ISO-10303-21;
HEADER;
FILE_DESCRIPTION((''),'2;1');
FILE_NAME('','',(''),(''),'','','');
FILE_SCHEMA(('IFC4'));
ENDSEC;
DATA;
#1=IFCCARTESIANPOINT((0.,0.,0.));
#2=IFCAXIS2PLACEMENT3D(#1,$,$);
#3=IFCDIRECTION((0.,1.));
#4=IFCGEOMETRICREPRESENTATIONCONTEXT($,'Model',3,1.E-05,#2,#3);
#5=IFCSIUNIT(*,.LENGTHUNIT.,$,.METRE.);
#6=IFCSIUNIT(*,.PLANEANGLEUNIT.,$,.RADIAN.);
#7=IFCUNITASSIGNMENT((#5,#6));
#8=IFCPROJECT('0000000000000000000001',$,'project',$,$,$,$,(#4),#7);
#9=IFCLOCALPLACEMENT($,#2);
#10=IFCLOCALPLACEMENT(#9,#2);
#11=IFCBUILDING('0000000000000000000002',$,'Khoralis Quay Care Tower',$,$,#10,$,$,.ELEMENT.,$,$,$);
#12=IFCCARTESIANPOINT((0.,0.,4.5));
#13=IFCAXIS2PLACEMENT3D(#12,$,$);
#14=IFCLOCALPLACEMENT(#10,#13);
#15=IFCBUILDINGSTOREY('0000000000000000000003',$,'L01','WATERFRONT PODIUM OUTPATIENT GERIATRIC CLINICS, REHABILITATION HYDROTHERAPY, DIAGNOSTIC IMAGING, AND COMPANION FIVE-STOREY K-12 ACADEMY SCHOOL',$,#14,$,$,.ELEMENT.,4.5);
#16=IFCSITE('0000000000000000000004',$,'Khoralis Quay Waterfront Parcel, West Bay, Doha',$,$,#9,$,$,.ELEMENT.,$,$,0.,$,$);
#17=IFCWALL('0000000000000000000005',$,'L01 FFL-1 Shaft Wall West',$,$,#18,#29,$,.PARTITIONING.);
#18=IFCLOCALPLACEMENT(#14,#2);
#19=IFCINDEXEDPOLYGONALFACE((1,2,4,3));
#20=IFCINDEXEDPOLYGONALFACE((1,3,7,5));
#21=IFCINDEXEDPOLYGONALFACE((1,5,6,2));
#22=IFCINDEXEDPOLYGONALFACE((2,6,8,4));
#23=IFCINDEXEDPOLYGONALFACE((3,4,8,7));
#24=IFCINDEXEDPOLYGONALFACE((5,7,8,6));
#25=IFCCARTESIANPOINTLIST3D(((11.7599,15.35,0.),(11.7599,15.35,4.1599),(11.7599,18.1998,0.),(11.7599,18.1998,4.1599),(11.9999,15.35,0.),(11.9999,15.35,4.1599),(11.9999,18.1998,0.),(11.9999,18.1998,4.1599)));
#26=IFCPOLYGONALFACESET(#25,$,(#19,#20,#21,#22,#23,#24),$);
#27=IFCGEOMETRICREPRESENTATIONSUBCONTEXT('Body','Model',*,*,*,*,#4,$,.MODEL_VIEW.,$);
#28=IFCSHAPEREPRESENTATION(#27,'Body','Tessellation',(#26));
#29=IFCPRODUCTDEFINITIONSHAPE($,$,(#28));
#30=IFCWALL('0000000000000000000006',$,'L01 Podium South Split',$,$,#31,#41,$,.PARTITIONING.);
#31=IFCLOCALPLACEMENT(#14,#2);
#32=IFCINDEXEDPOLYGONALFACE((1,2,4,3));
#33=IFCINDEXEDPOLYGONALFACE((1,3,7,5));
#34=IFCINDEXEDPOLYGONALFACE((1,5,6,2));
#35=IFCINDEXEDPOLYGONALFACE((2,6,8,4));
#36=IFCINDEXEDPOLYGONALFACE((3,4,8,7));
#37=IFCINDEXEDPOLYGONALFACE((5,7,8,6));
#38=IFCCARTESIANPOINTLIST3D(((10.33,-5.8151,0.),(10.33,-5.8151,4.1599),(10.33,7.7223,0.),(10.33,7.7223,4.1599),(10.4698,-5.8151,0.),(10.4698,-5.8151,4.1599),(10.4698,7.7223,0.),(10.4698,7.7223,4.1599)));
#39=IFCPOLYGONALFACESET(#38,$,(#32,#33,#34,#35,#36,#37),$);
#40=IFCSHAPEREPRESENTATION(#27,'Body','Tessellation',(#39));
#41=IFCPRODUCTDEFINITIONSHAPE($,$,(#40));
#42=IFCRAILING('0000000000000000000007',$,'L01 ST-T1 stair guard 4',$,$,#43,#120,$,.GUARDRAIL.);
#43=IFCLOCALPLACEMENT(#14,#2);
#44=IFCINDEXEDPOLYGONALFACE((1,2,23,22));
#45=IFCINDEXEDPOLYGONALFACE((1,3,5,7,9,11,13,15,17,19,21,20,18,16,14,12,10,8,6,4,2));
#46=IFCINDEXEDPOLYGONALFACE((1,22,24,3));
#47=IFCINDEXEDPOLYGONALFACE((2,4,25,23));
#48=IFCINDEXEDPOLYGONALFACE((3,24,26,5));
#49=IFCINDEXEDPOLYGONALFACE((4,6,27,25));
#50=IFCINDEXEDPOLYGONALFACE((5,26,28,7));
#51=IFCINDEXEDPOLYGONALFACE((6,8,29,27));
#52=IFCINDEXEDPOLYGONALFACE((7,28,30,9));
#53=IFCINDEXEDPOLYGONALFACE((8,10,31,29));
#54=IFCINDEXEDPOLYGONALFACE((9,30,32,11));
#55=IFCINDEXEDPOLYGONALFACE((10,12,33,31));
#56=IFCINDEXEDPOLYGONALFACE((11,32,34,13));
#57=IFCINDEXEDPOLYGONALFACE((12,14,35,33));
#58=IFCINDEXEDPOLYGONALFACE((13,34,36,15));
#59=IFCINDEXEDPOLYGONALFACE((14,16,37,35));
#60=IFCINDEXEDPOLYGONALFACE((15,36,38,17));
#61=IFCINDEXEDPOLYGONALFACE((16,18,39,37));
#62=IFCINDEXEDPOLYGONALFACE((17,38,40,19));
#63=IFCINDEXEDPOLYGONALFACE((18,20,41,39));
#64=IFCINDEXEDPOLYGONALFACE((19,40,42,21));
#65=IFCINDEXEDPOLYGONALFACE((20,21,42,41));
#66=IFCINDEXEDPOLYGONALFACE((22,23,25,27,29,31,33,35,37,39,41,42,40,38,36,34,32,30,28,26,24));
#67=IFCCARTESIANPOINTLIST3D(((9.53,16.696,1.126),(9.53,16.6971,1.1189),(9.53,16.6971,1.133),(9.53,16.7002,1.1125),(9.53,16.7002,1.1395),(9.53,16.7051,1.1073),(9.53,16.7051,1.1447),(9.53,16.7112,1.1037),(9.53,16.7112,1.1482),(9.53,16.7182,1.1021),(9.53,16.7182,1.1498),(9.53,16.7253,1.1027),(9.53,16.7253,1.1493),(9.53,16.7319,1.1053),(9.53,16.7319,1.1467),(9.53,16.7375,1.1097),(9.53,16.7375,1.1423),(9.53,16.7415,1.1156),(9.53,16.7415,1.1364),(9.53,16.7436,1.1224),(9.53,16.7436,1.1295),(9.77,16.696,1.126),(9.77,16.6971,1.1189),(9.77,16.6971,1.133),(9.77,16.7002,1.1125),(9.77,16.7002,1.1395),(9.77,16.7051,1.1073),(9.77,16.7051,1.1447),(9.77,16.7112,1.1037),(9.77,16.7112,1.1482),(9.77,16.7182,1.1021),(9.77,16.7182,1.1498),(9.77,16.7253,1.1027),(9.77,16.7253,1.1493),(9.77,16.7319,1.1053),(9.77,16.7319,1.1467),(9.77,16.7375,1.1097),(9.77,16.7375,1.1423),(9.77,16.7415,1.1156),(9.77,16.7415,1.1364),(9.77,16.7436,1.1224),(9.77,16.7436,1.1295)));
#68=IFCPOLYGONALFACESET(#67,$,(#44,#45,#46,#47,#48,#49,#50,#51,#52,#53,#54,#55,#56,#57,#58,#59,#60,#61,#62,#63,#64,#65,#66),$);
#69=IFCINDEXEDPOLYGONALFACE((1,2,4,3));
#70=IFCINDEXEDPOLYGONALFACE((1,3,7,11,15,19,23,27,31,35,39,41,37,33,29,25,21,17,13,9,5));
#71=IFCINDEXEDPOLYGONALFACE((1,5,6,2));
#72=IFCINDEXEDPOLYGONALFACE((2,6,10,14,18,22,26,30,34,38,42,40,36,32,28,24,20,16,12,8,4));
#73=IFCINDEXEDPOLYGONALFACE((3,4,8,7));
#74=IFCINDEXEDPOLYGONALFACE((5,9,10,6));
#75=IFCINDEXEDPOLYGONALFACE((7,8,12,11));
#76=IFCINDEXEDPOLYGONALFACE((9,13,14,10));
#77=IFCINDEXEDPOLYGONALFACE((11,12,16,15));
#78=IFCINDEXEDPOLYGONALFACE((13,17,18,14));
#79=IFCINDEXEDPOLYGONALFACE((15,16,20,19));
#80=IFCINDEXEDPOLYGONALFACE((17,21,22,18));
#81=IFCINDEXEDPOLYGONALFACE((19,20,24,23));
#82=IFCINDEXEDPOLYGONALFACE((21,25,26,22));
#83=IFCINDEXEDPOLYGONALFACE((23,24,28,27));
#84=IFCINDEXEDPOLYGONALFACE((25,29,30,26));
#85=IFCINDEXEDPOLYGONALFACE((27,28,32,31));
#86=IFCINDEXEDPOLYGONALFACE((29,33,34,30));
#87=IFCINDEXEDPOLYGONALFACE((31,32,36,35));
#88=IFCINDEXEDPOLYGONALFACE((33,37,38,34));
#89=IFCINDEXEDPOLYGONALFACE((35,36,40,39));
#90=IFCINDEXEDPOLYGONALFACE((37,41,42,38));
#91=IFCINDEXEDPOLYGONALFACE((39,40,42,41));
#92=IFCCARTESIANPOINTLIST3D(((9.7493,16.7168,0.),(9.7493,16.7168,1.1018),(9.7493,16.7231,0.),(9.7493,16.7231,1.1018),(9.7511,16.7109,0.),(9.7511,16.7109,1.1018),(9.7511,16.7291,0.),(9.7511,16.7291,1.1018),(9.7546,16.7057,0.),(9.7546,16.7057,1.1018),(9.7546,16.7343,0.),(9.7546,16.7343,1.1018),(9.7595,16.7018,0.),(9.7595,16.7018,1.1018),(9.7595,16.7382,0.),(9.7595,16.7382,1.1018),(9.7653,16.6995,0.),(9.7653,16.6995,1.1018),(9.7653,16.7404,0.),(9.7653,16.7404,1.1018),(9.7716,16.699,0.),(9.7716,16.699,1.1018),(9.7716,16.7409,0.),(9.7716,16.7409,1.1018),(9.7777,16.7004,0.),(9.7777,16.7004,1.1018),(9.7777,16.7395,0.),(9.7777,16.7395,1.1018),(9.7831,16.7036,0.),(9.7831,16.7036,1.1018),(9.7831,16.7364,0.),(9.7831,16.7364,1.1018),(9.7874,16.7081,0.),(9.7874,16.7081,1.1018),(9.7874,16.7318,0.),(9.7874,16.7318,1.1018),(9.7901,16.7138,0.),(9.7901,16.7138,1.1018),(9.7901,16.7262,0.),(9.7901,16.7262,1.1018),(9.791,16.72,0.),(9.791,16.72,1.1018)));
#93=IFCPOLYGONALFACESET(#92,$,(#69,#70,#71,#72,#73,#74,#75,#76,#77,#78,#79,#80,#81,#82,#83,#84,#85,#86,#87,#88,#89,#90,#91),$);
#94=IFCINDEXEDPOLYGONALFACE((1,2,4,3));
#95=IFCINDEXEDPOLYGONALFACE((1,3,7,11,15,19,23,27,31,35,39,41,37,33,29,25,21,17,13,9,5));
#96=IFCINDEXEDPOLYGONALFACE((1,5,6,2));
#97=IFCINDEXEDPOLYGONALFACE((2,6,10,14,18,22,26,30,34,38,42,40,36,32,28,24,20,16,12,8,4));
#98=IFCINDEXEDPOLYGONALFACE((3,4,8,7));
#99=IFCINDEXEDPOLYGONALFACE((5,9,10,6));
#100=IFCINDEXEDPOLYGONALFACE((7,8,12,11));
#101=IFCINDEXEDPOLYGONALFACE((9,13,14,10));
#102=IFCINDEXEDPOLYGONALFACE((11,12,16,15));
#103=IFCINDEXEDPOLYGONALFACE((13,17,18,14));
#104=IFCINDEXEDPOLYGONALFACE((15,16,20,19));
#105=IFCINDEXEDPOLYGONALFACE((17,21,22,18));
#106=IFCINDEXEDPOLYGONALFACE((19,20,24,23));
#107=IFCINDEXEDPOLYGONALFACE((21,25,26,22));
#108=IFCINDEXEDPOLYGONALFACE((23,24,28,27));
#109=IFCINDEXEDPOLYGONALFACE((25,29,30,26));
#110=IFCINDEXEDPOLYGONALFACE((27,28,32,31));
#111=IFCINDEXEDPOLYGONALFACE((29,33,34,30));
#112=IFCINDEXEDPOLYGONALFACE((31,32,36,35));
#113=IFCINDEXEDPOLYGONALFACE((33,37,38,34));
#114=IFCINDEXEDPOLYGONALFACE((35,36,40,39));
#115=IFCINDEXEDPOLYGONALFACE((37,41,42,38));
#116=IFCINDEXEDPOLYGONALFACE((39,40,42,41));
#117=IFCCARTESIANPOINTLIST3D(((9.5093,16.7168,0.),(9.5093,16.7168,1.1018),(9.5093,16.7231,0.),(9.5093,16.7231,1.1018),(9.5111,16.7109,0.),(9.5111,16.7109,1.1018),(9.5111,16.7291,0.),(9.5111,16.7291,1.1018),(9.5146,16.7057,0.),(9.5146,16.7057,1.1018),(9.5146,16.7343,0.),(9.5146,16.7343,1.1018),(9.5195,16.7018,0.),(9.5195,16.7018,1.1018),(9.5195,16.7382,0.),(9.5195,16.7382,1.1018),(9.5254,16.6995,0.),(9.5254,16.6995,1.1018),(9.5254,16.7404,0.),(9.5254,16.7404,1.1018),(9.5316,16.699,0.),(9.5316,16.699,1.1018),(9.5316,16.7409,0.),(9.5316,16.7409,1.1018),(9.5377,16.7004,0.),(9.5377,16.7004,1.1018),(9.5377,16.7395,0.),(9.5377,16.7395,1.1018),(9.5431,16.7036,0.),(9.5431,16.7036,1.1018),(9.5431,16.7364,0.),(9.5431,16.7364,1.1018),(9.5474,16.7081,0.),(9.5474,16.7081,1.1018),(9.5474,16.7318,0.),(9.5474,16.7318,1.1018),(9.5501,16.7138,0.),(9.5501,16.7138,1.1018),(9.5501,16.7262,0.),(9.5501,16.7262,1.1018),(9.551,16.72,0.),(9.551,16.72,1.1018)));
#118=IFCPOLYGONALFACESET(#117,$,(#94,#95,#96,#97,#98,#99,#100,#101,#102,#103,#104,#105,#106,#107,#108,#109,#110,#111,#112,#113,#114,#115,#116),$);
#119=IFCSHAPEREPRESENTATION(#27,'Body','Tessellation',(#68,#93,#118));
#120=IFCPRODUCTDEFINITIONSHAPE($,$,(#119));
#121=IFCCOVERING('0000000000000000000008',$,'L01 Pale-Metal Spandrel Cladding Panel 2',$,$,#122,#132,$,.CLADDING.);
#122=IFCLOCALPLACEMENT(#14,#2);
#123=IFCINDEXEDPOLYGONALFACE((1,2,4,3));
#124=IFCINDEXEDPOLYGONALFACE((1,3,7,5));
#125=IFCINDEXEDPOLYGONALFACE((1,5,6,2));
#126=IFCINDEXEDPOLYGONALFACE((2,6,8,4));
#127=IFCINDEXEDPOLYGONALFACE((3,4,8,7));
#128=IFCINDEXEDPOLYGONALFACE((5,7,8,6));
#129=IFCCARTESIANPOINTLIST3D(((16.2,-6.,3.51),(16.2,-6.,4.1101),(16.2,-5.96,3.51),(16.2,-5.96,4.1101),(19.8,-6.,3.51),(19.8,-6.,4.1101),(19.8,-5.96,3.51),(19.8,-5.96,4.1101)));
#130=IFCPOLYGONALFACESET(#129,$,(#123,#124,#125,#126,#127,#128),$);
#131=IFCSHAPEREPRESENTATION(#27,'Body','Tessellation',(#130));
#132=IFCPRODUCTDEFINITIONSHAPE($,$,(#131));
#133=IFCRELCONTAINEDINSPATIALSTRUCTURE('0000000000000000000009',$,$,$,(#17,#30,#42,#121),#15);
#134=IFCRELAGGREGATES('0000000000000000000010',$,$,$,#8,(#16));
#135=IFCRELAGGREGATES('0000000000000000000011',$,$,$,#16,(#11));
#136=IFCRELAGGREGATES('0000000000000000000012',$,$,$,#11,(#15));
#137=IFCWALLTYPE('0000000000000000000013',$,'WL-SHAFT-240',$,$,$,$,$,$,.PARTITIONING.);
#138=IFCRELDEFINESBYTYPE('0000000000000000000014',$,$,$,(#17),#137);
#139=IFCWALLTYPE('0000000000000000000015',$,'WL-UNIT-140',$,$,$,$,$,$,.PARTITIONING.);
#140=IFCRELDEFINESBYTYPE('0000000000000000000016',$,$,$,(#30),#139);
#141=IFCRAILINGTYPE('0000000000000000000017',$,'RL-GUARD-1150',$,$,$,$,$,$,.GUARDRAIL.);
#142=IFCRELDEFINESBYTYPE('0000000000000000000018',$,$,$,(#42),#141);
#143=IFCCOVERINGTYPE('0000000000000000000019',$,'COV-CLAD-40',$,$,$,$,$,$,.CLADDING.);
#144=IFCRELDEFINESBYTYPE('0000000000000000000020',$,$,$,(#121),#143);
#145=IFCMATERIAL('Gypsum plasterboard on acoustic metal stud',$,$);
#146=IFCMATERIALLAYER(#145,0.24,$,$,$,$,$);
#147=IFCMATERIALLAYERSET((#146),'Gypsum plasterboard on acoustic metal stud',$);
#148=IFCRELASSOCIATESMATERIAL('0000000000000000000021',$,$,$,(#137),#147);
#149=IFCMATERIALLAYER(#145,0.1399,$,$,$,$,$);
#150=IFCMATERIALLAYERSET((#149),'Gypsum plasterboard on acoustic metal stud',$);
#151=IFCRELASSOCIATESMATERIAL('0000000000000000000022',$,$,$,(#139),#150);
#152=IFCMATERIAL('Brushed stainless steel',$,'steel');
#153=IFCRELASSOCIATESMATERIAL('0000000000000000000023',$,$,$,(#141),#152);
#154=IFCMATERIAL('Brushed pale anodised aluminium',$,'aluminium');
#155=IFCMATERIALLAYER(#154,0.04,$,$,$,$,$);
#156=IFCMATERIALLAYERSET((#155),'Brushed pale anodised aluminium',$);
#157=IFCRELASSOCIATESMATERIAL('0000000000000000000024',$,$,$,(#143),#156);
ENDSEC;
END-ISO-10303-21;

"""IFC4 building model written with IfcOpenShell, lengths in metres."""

from ifc_helpers import new_model, si_unit, direction, frame, frame_2d, origin, origin_2d, place, context, subcontext, project, spatial, rectangle, circle, extrude, source, transform, mapped, material, layer, layer_set, type_object, element, save


model = new_model("IFC4")

# Units and contexts
model_context = context("Model", 3, precision=1e-05, world=origin(), true_north=direction((0.0, 1.0)))
body_context = subcontext(model_context, "Body", "Model", "MODEL_VIEW")
ifc_project = project(units=[si_unit("LENGTHUNIT", "METRE"), si_unit("PLANEANGLEUNIT", "RADIAN")], contexts=[model_context])

# Site, building, storey
site_placement = place(None, origin())
site = spatial("IfcSite", under=ifc_project, at=site_placement, Name="Khoralis Quay Waterfront Parcel, West Bay, Doha", CompositionType="ELEMENT", RefElevation=0.0)
building_placement = place(site_placement, origin())
building = spatial("IfcBuilding", under=site, at=building_placement, Name="Khoralis Quay Care Tower", CompositionType="ELEMENT")
storey_placement = place(building_placement, frame((0.0, 0.0, 4.5)))
storey = spatial("IfcBuildingStorey", under=building, at=storey_placement, Name="L01", Description="WATERFRONT PODIUM OUTPATIENT GERIATRIC CLINICS, REHABILITATION HYDROTHERAPY, DIAGNOSTIC IMAGING, AND COMPANION FIVE-STOREY K-12 ACADEMY SCHOOL", CompositionType="ELEMENT", Elevation=4.5)

# Shared definitions
ifc_material_1 = material(Name="Gypsum plasterboard on acoustic metal stud")

# Shared definitions
ifc_material_2 = material(Name="Brushed stainless steel", Category="steel")

# Walls
ifc_layer_1 = layer(ifc_material_1, 0.24)
ifc_layer_set_1 = layer_set([ifc_layer_1], Name="Gypsum plasterboard on acoustic metal stud")
wall_type_1 = type_object("IfcWallType", Name="WL-SHAFT-240", PredefinedType="PARTITIONING", material=ifc_layer_set_1)
wall_1_placement = place(storey_placement, frame((11.8799, 15.3501, 0.0), z_axis=(0.0, 0.0, 1.0), x_axis=(0.0, 1.0, 0.0)))
element("IfcWall", 1, at=wall_1_placement, inside=storey, type_object=wall_type_1, Name="L01 FFL-1 Shaft Wall West", PredefinedType="PARTITIONING", context=body_context, shape_type="SweptSolid", body=[
    extrude(rectangle(XDim=2.8499, YDim=0.24, at=frame_2d((1.4248, 0.0))), origin(), (0.0, 0.0, 1.0), 4.1599),
])
ifc_layer_2 = layer(ifc_material_1, 0.1399)
ifc_layer_set_2 = layer_set([ifc_layer_2], Name="Gypsum plasterboard on acoustic metal stud")
wall_type_2 = type_object("IfcWallType", Name="WL-UNIT-140", PredefinedType="PARTITIONING", material=ifc_layer_set_2)
wall_2_placement = place(storey_placement, frame((10.3999, -5.8149, 0.0), z_axis=(0.0, 0.0, 1.0), x_axis=(0.0, 1.0, 0.0)))
element("IfcWall", 2, at=wall_2_placement, inside=storey, type_object=wall_type_2, Name="L01 Podium South Split", PredefinedType="PARTITIONING", context=body_context, shape_type="SweptSolid", body=[
    extrude(rectangle(XDim=13.5374, YDim=0.1399, at=frame_2d((6.7686, 0.0))), origin(), (0.0, 0.0, 1.0), 4.1599),
])

# Railing
railing_type = type_object("IfcRailingType", Name="RL-GUARD-1150", PredefinedType="GUARDRAIL", material=ifc_material_2)
railing_placement = place(storey_placement, frame((9.77, 16.72, 0.0)))
element("IfcRailing", 3, at=railing_placement, inside=storey, type_object=railing_type, Name="L01 ST-T1 stair guard 4", PredefinedType="GUARDRAIL", context=body_context, shape_type="SweptSolid", body=[
    extrude(circle(Radius=0.0239, at=origin_2d()), frame((0.0, 0.0, 1.126), z_axis=(-1.0, 0.0, 0.0), x_axis=(0.0, -1.0, 0.0)), (0.0, 0.0, 1.0), 0.24),
    extrude(circle(Radius=0.021, at=origin_2d()), origin(), (0.0, 0.0, 1.0), 1.1018),
    extrude(circle(Radius=0.021, at=origin_2d()), frame((-0.24, 0.0, 0.0)), (0.0, 0.0, 1.0), 1.1018),
])

# Covering
ifc_material_3 = material(Name="Brushed pale anodised aluminium", Category="aluminium")
ifc_layer_3 = layer(ifc_material_3, 0.04)
ifc_layer_set_3 = layer_set([ifc_layer_3], Name="Brushed pale anodised aluminium")
covering_type = type_object("IfcCoveringType", Name="COV-CLAD-40", PredefinedType="CLADDING", material=ifc_layer_set_3)
shared_shape_1 = source(origin(), body_context, "Body", "SweptSolid", [
    extrude(rectangle(XDim=3.6001, YDim=0.04, at=origin_2d()), origin(), (0.0, 0.0, 1.0), 0.6001),
])
covering_placement = place(storey_placement, frame((18.0, -5.98, 3.51), z_axis=(0.0, 0.0, 1.0), x_axis=(1.0, 0.0, 0.0)))
element("IfcCovering", 4, at=covering_placement, inside=storey, type_object=covering_type, Name="L01 Pale-Metal Spandrel Cladding Panel 2", PredefinedType="CLADDING", context=body_context, shape_type="MappedRepresentation", body=[
    mapped(shared_shape_1, transform((0.0, 0.0, 0.0), scale=1.0)),
])

save(model, "model.ifc")
